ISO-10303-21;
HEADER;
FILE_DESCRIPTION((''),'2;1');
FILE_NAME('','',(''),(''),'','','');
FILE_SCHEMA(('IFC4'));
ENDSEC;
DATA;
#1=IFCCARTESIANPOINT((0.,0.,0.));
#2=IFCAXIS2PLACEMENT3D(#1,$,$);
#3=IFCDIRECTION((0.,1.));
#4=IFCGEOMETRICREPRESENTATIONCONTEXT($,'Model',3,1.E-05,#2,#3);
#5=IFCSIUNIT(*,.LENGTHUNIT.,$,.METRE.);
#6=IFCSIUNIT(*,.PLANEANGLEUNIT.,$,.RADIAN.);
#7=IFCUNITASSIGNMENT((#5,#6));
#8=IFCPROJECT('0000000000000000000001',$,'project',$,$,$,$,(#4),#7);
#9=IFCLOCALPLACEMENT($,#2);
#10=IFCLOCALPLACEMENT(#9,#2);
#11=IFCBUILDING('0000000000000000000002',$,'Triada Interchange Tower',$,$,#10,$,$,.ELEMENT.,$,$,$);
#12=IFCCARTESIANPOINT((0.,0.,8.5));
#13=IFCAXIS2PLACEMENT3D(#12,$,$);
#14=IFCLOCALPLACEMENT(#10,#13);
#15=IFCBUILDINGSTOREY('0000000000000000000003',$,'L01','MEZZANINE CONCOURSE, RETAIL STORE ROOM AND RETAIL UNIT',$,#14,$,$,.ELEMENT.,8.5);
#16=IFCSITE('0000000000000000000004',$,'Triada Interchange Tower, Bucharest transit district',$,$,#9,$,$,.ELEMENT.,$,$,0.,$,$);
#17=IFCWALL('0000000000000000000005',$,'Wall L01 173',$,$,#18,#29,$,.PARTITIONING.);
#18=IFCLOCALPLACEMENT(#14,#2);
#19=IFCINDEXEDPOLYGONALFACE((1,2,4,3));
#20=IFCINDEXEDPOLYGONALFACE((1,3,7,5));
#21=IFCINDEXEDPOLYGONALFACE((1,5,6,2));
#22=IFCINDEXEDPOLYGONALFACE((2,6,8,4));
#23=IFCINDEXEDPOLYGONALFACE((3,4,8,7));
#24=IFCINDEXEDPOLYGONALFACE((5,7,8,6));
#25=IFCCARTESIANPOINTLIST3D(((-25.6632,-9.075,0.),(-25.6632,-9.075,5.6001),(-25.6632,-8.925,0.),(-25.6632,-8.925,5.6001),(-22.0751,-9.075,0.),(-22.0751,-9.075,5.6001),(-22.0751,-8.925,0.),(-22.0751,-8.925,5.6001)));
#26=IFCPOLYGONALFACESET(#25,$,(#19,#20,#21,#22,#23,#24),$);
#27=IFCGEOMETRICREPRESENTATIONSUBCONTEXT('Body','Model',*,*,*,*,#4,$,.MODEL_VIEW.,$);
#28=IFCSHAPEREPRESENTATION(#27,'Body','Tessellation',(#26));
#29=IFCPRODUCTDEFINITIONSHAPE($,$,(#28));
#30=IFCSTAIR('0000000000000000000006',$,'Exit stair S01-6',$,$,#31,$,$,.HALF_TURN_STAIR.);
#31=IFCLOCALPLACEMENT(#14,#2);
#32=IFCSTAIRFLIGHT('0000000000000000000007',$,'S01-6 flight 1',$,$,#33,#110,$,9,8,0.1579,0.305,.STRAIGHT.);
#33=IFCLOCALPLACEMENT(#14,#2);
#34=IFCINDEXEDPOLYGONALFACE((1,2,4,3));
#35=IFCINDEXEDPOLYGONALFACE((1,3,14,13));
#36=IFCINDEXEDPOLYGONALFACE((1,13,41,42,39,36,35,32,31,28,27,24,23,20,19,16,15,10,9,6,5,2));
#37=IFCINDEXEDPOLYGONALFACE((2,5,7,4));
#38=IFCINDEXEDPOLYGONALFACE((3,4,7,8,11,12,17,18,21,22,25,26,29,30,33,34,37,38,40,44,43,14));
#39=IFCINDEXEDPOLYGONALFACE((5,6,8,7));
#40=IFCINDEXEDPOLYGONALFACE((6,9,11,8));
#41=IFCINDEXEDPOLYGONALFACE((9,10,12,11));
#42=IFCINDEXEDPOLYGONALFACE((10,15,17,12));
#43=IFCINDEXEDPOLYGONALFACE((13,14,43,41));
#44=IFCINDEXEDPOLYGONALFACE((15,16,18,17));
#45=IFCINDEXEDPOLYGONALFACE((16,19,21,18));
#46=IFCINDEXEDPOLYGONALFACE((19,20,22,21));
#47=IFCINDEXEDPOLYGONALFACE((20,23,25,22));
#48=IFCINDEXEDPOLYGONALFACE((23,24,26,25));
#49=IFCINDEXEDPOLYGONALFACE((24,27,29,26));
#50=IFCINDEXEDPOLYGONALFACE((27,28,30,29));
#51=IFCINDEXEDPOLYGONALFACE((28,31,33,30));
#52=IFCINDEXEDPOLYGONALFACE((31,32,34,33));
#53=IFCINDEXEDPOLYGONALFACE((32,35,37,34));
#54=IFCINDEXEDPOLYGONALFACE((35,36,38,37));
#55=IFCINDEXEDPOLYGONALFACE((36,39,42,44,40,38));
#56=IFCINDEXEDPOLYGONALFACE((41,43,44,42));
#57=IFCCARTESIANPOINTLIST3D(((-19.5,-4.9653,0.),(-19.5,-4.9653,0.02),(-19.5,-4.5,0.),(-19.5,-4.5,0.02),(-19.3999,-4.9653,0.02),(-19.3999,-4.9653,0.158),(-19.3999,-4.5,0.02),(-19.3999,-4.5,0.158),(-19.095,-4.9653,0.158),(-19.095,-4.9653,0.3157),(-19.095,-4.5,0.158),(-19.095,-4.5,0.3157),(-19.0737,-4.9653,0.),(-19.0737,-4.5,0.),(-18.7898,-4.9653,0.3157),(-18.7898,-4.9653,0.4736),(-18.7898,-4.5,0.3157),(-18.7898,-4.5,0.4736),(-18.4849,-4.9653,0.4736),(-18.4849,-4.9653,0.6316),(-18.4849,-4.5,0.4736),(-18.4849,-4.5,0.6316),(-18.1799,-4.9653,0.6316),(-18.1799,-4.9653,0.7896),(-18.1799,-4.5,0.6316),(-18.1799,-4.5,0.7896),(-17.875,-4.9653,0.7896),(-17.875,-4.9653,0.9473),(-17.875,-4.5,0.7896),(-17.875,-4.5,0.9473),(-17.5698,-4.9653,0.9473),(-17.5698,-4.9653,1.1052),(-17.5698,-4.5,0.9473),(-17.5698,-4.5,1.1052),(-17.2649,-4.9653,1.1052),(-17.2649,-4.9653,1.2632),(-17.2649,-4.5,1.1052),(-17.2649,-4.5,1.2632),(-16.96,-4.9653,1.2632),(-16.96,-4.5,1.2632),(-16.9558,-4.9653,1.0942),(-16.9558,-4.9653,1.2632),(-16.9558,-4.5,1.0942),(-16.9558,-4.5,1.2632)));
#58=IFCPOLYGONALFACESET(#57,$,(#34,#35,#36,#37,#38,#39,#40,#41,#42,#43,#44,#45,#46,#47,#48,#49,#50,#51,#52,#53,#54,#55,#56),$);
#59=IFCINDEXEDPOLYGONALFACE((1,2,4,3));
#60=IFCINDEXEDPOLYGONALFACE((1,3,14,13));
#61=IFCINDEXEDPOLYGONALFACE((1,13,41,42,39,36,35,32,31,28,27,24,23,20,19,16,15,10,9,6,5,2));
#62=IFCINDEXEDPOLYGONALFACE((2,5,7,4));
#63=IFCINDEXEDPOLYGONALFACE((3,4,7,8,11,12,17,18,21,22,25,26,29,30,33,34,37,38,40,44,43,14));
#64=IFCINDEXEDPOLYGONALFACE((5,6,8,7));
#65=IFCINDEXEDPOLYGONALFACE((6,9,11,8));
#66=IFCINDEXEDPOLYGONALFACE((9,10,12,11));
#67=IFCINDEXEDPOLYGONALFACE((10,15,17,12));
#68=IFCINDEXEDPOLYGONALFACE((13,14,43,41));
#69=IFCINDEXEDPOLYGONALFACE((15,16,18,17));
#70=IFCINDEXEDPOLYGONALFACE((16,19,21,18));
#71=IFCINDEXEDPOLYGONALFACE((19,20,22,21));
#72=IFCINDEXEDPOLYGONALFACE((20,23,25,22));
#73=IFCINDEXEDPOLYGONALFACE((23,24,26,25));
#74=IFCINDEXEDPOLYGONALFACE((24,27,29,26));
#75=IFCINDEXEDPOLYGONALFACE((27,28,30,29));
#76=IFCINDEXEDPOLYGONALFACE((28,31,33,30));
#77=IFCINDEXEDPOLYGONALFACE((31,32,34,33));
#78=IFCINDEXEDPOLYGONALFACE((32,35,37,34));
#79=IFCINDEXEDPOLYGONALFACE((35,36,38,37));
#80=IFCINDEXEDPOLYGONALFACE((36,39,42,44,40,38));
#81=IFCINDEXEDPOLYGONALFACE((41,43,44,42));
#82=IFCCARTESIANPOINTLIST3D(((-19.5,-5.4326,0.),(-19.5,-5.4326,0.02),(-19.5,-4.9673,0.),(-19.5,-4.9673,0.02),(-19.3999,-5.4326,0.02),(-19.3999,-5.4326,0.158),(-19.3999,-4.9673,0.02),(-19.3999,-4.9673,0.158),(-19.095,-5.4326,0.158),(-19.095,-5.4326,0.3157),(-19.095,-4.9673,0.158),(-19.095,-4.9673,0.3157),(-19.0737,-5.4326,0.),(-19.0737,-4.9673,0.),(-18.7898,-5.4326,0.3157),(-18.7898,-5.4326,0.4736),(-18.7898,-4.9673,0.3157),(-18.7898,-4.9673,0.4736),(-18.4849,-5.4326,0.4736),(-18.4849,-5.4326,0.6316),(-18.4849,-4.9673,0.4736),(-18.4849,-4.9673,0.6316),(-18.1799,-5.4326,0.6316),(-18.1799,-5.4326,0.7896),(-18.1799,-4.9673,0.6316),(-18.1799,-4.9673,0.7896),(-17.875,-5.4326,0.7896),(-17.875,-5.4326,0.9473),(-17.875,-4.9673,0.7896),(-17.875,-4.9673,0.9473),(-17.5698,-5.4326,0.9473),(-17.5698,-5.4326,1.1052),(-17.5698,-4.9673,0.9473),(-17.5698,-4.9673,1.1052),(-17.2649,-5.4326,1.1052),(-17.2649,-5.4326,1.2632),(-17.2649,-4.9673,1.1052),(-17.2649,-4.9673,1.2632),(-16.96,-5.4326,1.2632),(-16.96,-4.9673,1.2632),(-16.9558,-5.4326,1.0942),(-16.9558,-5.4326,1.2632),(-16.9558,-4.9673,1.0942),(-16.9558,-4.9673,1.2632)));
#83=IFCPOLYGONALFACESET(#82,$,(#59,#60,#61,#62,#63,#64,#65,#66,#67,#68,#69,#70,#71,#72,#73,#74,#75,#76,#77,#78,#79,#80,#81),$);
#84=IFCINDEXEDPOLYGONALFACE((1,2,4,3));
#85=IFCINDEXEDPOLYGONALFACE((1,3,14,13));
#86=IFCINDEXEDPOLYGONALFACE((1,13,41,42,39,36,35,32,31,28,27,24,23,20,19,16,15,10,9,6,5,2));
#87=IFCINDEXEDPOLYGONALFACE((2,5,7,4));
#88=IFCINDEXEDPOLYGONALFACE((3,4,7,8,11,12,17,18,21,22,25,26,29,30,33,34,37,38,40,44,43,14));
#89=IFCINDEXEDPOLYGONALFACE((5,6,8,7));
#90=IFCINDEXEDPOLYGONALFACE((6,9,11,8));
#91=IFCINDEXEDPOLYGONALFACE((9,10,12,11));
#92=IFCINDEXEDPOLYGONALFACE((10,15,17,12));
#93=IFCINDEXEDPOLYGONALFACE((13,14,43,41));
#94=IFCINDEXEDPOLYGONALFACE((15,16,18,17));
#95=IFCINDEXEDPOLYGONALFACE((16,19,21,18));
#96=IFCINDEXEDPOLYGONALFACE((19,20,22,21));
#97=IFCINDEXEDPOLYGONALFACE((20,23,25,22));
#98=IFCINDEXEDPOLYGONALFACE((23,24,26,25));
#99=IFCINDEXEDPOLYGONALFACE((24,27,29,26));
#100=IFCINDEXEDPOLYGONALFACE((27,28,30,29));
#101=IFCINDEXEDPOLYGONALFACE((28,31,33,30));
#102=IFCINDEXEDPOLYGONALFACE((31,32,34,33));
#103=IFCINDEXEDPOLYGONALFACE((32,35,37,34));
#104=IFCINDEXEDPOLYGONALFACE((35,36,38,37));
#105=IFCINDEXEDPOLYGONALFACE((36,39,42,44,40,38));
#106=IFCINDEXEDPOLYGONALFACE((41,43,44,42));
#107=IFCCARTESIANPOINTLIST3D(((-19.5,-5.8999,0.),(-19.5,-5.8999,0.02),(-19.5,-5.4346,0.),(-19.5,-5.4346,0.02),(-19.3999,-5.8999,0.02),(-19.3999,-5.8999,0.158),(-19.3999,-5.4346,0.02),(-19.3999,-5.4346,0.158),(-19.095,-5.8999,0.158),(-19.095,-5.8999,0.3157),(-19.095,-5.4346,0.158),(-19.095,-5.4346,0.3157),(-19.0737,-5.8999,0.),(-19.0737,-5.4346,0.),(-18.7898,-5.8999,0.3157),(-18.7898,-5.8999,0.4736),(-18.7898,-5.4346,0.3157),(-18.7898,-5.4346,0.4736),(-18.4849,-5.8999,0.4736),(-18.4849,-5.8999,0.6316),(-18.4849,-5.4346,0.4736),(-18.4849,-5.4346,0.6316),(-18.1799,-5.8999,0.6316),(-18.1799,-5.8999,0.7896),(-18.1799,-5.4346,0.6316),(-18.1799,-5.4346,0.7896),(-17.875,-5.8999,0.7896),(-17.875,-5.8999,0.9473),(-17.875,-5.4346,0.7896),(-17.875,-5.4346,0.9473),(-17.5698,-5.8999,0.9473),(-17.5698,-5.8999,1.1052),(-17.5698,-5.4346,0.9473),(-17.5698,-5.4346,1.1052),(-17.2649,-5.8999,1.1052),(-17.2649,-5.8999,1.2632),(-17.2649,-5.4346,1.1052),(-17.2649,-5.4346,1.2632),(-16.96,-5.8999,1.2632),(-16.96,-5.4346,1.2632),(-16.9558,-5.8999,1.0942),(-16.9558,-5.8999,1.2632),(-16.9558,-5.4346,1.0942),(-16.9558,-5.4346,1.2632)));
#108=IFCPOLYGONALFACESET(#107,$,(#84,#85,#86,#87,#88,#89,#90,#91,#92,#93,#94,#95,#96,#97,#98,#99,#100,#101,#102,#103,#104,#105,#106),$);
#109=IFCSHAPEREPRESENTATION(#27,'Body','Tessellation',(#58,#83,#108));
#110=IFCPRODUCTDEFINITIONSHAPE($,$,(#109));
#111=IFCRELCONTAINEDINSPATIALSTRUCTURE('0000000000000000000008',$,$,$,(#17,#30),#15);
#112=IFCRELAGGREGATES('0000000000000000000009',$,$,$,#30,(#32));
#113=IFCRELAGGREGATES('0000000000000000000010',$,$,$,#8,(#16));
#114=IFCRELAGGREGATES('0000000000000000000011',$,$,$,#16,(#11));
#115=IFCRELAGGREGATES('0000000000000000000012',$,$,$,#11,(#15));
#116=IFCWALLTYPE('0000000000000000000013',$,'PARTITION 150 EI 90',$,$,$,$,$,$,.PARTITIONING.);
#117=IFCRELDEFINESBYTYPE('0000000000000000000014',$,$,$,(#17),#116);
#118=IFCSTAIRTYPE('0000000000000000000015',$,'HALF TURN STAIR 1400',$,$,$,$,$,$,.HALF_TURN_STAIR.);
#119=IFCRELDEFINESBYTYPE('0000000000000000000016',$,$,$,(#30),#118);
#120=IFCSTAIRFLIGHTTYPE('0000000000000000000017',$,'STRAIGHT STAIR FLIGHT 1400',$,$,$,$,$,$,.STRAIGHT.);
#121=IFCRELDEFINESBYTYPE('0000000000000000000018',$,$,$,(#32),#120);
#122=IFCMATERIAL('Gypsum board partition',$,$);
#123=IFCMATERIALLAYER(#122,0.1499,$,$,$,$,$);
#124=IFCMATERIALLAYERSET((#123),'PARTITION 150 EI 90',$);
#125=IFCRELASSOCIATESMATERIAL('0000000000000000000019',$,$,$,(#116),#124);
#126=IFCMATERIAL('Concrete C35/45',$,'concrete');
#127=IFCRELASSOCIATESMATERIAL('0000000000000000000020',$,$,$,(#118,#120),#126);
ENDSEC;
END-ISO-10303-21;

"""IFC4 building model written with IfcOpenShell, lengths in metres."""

from ifc_helpers import new_model, si_unit, direction, frame, frame_2d, origin, place, context, subcontext, project, spatial, polyline, rectangle, outline, extrude, material, layer, layer_set, type_object, element, aggregate, save


model = new_model("IFC4")

# Units and contexts
model_context = context("Model", 3, precision=1e-05, world=origin(), true_north=direction((0.0, 1.0)))
body_context = subcontext(model_context, "Body", "Model", "MODEL_VIEW")
ifc_project = project(units=[si_unit("LENGTHUNIT", "METRE"), si_unit("PLANEANGLEUNIT", "RADIAN")], contexts=[model_context])

# Site, building, storey
site_placement = place(None, origin())
site = spatial("IfcSite", under=ifc_project, at=site_placement, Name="Triada Interchange Tower, Bucharest transit district", CompositionType="ELEMENT", RefElevation=0.0)
building_placement = place(site_placement, origin())
building = spatial("IfcBuilding", under=site, at=building_placement, Name="Triada Interchange Tower", CompositionType="ELEMENT")
storey_placement = place(building_placement, frame((0.0, 0.0, 8.5)))
storey = spatial("IfcBuildingStorey", under=building, at=storey_placement, Name="L01", Description="MEZZANINE CONCOURSE, RETAIL STORE ROOM AND RETAIL UNIT", CompositionType="ELEMENT", Elevation=8.5)

# Shared definitions
ifc_material_1 = material(Name="Concrete C35/45", Category="concrete")

# Shared definitions
ifc_material_2 = material(Name="Gypsum board partition")

# Shared definitions
ifc_layer_1 = layer(ifc_material_2, 0.1499)
ifc_layer_set_1 = layer_set([ifc_layer_1], Name="PARTITION 150 EI 90")
wall_type_1 = type_object("IfcWallType", Name="PARTITION 150 EI 90", PredefinedType="PARTITIONING", material=ifc_layer_set_1)

# Wall
wall_1_placement = place(storey_placement, frame((-25.6631, -9.0, 0.0), z_axis=(0.0, 0.0, 1.0), x_axis=(1.0, 0.0, 0.0)))
element("IfcWall", 1, at=wall_1_placement, inside=storey, type_object=wall_type_1, Name="Wall L01 173", PredefinedType="PARTITIONING", context=body_context, shape_type="SweptSolid", body=[
    extrude(rectangle(XDim=3.5881, YDim=0.1499, at=frame_2d((1.7939, 0.0))), origin(), (0.0, 0.0, 1.0), 5.6001),
])

# Stair, stair flight
stair_type = type_object("IfcStairType", Name="HALF TURN STAIR 1400", PredefinedType="HALF_TURN_STAIR", material=ifc_material_1)
stair_placement = place(storey_placement, origin())
stair = element("IfcStair", 2, at=stair_placement, inside=storey, type_object=stair_type, Name="Exit stair S01-6", PredefinedType="HALF_TURN_STAIR")
stair_flight_type = type_object("IfcStairFlightType", Name="STRAIGHT STAIR FLIGHT 1400", PredefinedType="STRAIGHT", material=ifc_material_1)
stair_flight_1_placement = place(storey_placement, frame((-19.3999, -5.2, 0.0), z_axis=(0.0, 0.0, 1.0), x_axis=(1.0, 0.0, 0.0)))
stair_flight_1 = element("IfcStairFlight", 3, at=stair_flight_1_placement, type_object=stair_flight_type, Name="S01-6 flight 1", NumberOfRisers=9, NumberOfTreads=8, PredefinedType="STRAIGHT", RiserHeight=0.1579, TreadLength=0.305, context=body_context, shape_type="SweptSolid", body=[
    extrude(outline(polyline([(-0.1001, 0.0), (-0.1001, 0.02), (0.0, 0.02), (0.0, 0.158), (0.3049, 0.158), (0.3049, 0.3157), (0.6101, 0.3157), (0.6101, 0.4736), (0.915, 0.4736), (0.915, 0.6316), (1.22, 0.6316), (1.22, 0.7896), (1.5249, 0.7896), (1.5249, 0.9473), (1.8301, 0.9473), (1.8301, 1.1052), (2.135, 1.1052), (2.135, 1.2632), (2.4399, 1.2632), (2.4441, 1.2632), (2.4441, 1.4209), (2.4441, 1.0942), (0.3262, 0.0), (-0.1001, 0.0)])), frame((0.0, 0.7, 0.0), z_axis=(0.0, -1.0, 0.0), x_axis=(1.0, 0.0, 0.0)), (0.0, 0.0, 1.0), 0.4653),
    extrude(outline(polyline([(-0.1001, 0.0), (-0.1001, 0.02), (0.0, 0.02), (0.0, 0.158), (0.3049, 0.158), (0.3049, 0.3157), (0.6101, 0.3157), (0.6101, 0.4736), (0.915, 0.4736), (0.915, 0.6316), (1.22, 0.6316), (1.22, 0.7896), (1.5249, 0.7896), (1.5249, 0.9473), (1.8301, 0.9473), (1.8301, 1.1052), (2.135, 1.1052), (2.135, 1.2632), (2.4399, 1.2632), (2.4441, 1.2632), (2.4441, 1.4209), (2.4441, 1.0942), (0.3262, 0.0), (-0.1001, 0.0)])), frame((0.0, 0.2327, 0.0), z_axis=(0.0, -1.0, 0.0), x_axis=(1.0, 0.0, 0.0)), (0.0, 0.0, 1.0), 0.4653),
    extrude(outline(polyline([(-0.1001, 0.0), (-0.1001, 0.02), (0.0, 0.02), (0.0, 0.158), (0.3049, 0.158), (0.3049, 0.3157), (0.6101, 0.3157), (0.6101, 0.4736), (0.915, 0.4736), (0.915, 0.6316), (1.22, 0.6316), (1.22, 0.7896), (1.5249, 0.7896), (1.5249, 0.9473), (1.8301, 0.9473), (1.8301, 1.1052), (2.135, 1.1052), (2.135, 1.2632), (2.4399, 1.2632), (2.4441, 1.2632), (2.4441, 1.4209), (2.4441, 1.0942), (0.3262, 0.0), (-0.1001, 0.0)])), frame((0.0, -0.2346, 0.0), z_axis=(0.0, -1.0, 0.0), x_axis=(1.0, 0.0, 0.0)), (0.0, 0.0, 1.0), 0.4653),
])
aggregate(stair, [stair_flight_1])

save(model, "model.ifc")
